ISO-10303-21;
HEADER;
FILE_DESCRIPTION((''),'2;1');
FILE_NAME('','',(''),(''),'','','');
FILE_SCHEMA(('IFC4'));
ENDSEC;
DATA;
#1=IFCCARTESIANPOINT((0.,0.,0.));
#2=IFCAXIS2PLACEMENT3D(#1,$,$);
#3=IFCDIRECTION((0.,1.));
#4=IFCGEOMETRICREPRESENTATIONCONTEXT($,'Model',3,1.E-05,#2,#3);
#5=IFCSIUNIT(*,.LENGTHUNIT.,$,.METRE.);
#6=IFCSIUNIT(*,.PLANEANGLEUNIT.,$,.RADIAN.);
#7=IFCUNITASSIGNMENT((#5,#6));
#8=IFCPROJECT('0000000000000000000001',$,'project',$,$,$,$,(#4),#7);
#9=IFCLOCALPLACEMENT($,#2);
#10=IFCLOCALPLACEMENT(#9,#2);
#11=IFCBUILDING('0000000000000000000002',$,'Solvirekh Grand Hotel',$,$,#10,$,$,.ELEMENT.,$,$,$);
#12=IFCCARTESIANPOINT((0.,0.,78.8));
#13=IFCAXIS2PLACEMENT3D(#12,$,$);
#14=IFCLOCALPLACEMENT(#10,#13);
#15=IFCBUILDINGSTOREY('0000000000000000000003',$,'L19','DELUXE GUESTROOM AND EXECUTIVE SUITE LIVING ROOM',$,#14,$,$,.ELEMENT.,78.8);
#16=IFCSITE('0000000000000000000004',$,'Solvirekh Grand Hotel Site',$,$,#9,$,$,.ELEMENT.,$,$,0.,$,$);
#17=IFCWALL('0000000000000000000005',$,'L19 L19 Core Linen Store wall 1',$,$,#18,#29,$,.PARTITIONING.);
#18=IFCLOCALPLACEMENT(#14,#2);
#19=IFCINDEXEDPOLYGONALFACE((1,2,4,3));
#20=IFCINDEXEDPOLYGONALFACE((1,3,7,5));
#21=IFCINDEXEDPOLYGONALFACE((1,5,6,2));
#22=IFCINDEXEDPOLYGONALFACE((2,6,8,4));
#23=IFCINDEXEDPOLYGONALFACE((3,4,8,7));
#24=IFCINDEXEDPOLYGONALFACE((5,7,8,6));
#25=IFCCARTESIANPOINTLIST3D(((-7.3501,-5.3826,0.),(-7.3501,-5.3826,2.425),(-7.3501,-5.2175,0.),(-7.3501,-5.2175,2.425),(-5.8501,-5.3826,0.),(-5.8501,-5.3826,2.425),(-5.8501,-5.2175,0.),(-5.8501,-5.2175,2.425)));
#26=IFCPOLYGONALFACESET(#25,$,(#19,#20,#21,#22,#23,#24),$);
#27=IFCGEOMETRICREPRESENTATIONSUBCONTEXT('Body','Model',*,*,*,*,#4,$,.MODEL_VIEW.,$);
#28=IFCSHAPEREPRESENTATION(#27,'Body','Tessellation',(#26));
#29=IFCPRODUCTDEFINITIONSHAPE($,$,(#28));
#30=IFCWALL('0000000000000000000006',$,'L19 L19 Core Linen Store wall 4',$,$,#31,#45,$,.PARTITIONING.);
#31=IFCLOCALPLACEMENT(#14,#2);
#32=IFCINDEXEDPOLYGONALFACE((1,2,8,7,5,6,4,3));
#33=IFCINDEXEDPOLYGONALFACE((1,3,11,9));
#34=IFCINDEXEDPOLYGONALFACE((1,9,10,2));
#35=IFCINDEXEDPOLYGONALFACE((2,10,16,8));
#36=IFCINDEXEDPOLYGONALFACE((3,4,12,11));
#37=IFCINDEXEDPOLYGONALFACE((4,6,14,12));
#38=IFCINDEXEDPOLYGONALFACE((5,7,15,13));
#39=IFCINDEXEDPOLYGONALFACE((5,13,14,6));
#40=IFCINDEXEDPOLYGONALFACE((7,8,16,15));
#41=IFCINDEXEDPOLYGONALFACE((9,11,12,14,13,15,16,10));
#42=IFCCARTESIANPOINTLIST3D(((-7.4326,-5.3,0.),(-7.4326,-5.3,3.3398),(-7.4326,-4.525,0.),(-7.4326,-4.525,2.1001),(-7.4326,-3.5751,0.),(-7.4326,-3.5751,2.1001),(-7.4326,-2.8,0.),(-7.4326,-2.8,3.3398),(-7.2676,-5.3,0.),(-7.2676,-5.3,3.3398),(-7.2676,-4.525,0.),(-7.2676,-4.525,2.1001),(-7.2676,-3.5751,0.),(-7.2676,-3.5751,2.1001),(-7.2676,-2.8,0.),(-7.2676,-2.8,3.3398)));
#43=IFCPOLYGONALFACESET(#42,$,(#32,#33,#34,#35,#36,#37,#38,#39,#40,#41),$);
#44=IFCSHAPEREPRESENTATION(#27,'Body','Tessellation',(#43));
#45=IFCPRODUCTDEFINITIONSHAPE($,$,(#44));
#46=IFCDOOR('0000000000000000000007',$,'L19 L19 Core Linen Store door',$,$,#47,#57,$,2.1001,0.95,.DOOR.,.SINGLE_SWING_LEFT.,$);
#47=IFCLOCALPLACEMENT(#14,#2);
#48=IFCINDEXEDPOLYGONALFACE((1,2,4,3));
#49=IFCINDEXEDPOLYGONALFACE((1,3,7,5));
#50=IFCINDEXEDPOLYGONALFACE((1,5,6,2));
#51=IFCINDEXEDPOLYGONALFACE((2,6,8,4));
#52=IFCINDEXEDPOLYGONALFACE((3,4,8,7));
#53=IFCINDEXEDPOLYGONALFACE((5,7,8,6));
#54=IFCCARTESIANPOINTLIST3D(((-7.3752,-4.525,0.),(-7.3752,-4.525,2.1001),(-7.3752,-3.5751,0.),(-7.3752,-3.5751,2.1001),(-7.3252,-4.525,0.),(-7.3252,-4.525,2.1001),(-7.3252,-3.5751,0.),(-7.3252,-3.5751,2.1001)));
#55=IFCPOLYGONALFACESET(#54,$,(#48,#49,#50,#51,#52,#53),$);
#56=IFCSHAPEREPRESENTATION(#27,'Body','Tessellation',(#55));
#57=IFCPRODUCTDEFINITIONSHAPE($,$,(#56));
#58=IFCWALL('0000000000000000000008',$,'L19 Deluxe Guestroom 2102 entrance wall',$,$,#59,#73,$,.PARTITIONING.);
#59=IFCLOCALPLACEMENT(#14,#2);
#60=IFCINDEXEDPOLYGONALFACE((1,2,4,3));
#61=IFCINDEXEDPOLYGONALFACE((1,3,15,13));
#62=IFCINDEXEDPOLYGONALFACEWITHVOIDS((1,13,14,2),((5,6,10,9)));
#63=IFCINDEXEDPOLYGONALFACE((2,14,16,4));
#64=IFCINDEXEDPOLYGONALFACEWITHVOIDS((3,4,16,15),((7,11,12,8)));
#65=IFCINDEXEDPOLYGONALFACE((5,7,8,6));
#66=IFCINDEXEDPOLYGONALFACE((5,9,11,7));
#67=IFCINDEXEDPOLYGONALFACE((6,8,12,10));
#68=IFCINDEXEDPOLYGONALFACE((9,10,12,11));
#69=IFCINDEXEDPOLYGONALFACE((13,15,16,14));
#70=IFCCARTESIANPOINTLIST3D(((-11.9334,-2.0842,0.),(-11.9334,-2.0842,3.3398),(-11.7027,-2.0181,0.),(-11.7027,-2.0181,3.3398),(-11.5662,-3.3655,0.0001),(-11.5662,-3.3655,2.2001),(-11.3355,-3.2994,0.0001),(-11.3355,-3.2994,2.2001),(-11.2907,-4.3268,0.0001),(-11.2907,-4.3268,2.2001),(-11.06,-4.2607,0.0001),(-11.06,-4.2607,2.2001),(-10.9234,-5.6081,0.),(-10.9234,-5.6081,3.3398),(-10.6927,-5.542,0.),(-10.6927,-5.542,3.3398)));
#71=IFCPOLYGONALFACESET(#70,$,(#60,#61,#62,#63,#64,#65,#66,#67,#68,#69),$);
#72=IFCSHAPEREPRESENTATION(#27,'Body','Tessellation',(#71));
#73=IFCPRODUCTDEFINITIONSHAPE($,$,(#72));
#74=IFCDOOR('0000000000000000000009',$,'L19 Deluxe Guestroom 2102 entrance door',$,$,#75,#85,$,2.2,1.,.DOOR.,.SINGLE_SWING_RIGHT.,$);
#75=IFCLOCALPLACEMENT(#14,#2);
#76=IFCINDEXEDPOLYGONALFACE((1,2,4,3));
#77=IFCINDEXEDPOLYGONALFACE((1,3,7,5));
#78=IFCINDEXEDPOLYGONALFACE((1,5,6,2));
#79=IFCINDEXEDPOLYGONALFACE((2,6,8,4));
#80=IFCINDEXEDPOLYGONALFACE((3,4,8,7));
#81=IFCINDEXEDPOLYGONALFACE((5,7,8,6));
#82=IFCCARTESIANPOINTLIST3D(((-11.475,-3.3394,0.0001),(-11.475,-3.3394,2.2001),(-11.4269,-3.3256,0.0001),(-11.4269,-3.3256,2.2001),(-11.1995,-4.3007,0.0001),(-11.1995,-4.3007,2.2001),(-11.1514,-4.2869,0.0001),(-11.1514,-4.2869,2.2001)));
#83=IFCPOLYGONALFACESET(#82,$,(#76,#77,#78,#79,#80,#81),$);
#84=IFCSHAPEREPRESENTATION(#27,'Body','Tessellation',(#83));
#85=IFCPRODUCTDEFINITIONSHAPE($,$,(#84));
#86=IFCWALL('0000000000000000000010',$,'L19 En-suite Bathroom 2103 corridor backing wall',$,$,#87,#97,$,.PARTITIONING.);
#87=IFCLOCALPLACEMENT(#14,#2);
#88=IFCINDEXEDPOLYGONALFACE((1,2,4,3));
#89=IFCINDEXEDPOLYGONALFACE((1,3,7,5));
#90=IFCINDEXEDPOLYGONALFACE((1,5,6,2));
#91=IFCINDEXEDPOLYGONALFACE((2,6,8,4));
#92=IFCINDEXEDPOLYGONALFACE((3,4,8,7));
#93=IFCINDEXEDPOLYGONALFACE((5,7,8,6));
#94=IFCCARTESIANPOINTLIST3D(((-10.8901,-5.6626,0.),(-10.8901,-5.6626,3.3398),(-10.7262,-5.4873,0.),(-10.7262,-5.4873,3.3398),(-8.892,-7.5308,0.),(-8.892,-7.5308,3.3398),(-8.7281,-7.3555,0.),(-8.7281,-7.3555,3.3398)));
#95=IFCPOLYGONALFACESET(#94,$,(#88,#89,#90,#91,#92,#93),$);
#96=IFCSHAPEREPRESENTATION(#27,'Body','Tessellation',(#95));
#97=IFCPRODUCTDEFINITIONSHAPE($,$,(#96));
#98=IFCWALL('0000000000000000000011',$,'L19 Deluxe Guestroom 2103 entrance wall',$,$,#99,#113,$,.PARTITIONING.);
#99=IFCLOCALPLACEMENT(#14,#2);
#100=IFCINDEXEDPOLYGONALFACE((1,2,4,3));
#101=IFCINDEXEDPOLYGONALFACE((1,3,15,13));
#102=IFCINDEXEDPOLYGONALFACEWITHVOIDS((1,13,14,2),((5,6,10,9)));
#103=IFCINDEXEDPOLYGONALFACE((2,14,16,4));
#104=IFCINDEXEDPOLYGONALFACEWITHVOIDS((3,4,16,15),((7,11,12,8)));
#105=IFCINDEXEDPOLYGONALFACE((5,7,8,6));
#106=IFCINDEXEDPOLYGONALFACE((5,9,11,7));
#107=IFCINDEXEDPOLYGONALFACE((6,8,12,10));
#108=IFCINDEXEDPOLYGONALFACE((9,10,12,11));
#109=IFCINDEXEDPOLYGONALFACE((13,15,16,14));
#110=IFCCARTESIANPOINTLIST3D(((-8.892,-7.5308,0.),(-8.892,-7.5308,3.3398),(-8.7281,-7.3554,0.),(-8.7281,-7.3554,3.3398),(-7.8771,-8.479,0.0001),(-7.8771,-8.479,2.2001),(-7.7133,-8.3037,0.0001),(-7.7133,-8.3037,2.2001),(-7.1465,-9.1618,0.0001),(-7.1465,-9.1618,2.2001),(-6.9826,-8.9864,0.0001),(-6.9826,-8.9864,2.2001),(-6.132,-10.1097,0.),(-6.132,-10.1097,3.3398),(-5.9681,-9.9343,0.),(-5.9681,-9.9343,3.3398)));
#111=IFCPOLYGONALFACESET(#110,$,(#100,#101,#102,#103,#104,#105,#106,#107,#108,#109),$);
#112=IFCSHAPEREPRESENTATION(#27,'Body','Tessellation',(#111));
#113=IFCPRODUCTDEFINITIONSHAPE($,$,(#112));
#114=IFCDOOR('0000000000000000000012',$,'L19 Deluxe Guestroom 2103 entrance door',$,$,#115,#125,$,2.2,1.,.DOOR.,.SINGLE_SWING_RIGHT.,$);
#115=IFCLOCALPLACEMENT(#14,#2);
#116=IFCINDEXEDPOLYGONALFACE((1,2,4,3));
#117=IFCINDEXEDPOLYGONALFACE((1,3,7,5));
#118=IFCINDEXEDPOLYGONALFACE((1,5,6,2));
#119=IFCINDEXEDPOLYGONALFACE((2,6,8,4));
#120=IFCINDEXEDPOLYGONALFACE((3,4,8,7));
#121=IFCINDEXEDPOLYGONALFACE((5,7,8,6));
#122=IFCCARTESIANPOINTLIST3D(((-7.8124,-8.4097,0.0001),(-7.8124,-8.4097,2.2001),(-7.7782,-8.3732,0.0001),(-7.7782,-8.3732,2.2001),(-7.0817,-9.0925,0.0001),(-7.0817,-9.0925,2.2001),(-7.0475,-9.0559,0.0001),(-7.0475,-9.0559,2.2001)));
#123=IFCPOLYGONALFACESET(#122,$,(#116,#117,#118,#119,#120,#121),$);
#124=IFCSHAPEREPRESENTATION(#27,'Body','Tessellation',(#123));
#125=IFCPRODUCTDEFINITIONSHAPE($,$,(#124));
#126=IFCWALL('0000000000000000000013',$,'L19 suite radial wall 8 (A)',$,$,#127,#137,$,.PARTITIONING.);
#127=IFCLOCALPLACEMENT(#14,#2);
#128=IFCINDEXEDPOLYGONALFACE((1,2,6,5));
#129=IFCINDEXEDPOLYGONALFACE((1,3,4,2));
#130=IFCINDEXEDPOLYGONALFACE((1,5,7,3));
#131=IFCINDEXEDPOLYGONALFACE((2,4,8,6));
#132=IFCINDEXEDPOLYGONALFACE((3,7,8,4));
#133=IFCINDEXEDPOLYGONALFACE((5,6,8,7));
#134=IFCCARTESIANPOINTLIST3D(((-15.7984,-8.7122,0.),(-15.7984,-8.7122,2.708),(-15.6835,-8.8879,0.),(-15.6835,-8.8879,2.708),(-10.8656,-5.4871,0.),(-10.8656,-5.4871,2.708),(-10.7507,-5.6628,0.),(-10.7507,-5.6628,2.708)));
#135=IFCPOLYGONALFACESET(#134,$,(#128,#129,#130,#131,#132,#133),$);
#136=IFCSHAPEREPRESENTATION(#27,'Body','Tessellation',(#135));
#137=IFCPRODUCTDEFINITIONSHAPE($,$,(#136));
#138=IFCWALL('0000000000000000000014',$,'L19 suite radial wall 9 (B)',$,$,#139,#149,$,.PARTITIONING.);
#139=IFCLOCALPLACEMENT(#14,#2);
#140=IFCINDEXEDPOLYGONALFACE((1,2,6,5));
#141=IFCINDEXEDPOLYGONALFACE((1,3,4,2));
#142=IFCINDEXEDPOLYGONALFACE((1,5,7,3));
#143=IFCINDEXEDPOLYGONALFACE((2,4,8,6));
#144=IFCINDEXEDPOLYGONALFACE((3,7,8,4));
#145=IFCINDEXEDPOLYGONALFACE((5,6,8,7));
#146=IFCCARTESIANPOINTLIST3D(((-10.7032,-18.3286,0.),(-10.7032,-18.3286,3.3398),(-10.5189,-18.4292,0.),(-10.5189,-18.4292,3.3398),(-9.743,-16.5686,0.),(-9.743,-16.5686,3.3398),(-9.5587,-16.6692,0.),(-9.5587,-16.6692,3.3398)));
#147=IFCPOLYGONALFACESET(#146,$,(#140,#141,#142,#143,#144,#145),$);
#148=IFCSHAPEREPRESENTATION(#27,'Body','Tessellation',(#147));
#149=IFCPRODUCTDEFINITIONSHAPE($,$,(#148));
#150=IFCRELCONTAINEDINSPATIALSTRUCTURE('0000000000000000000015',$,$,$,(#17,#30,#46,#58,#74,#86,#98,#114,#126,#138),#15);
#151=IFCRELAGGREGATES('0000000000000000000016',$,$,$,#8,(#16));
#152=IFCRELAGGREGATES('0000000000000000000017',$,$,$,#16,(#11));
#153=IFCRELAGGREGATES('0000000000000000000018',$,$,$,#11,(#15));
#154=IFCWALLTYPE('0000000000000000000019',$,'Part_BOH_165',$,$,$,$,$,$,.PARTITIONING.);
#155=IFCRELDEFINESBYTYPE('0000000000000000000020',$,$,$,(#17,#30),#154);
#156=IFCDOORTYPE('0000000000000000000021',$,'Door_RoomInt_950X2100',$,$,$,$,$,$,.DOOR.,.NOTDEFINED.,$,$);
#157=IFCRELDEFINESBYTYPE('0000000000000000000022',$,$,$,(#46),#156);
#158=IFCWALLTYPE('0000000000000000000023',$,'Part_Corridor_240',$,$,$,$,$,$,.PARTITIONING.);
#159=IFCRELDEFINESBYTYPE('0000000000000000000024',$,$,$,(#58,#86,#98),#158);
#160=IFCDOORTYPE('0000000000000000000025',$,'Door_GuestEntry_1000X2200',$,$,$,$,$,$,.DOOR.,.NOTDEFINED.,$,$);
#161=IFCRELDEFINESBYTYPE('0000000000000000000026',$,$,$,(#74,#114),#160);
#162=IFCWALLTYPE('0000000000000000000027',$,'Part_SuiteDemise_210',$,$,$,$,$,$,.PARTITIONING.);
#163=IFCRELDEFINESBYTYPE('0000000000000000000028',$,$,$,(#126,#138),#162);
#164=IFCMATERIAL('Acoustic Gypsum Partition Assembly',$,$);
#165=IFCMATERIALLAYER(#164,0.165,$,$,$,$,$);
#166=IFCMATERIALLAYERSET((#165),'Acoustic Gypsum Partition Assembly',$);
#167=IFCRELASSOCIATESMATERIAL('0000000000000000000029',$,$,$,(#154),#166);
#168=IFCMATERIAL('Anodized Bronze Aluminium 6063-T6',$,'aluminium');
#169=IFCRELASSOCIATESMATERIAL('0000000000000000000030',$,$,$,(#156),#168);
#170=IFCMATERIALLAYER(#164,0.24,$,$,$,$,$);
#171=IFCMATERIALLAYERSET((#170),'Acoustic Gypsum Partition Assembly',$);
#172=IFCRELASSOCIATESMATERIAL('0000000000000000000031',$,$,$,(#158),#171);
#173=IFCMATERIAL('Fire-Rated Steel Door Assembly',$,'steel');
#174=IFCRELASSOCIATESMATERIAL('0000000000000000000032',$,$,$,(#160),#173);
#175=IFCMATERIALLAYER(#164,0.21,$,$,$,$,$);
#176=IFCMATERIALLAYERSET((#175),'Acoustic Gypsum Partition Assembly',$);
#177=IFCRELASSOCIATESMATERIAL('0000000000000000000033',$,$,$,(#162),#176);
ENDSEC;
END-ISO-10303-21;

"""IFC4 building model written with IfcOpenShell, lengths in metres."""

from ifc_helpers import new_model, si_unit, direction, frame, frame_2d, origin, place, context, subcontext, project, spatial, rectangle, extrude, material, layer, layer_set, type_object, element, fill, save


model = new_model("IFC4")

# Units and contexts
model_context = context("Model", 3, precision=1e-05, world=origin(), true_north=direction((0.0, 1.0)))
body_context = subcontext(model_context, "Body", "Model", "MODEL_VIEW")
ifc_project = project(units=[si_unit("LENGTHUNIT", "METRE"), si_unit("PLANEANGLEUNIT", "RADIAN")], contexts=[model_context])

# Site, building, storey
site_placement = place(None, origin())
site = spatial("IfcSite", under=ifc_project, at=site_placement, Name="Solvirekh Grand Hotel Site", CompositionType="ELEMENT", RefElevation=0.0)
building_placement = place(site_placement, origin())
building = spatial("IfcBuilding", under=site, at=building_placement, Name="Solvirekh Grand Hotel", CompositionType="ELEMENT")
storey_placement = place(building_placement, frame((0.0, 0.0, 78.8)))
storey = spatial("IfcBuildingStorey", under=building, at=storey_placement, Name="L19", Description="DELUXE GUESTROOM AND EXECUTIVE SUITE LIVING ROOM", CompositionType="ELEMENT", Elevation=78.8)

# Shared definitions
ifc_material_1 = material(Name="Anodized Bronze Aluminium 6063-T6", Category="aluminium")

# Wall
ifc_material_2 = material(Name="Acoustic Gypsum Partition Assembly")
ifc_layer_1 = layer(ifc_material_2, 0.165)
ifc_layer_set_1 = layer_set([ifc_layer_1], Name="Acoustic Gypsum Partition Assembly")
wall_type_1 = type_object("IfcWallType", Name="Part_BOH_165", PredefinedType="PARTITIONING", material=ifc_layer_set_1)
wall_1_placement = place(storey_placement, frame((-7.3501, -5.3, 0.0), z_axis=(0.0, 0.0, 1.0), x_axis=(1.0, 0.0, 0.0)))
element("IfcWall", 1, at=wall_1_placement, inside=storey, type_object=wall_type_1, Name="L19 L19 Core Linen Store wall 1", PredefinedType="PARTITIONING", context=body_context, shape_type="SweptSolid", body=[
    extrude(rectangle(XDim=1.5, YDim=0.165, at=frame_2d((0.75, 0.0))), origin(), (0.0, 0.0, 1.0), 2.425),
])

# Walls, openings, doors
wall_2_placement = place(storey_placement, frame((-7.3501, -2.8, 0.0), z_axis=(0.0, 0.0, 1.0), x_axis=(0.0, -1.0, 0.0)))
wall_2 = element("IfcWall", 2, at=wall_2_placement, inside=storey, type_object=wall_type_1, Name="L19 L19 Core Linen Store wall 4", PredefinedType="PARTITIONING", context=body_context, shape_type="SweptSolid", body=[
    extrude(rectangle(XDim=2.5, YDim=0.165, at=frame_2d((1.25, 0.0))), origin(), (0.0, 0.0, 1.0), 3.3398),
])
opening_1_placement = place(wall_2_placement, frame((0.7749, 0.0, 0.0)))
opening_1 = element("IfcOpeningElement", 3, at=opening_1_placement, cuts=wall_2, PredefinedType="OPENING", context=body_context, shape_type="SweptSolid", body=[
    extrude(rectangle(XDim=0.95, YDim=2.1001, at=frame_2d((0.4751, 1.05))), frame((0.0, 0.0925, 0.0), z_axis=(0.0, -1.0, 0.0), x_axis=(1.0, 0.0, 0.0)), (0.0, 0.0, 1.0), 0.1851),
])
door_type_1 = type_object("IfcDoorType", Name="Door_RoomInt_950X2100", OperationType="NOTDEFINED", PredefinedType="DOOR", material=ifc_material_1)
door_1_placement = place(opening_1_placement, origin())
door_1 = element("IfcDoor", 4, at=door_1_placement, inside=storey, type_object=door_type_1, Name="L19 L19 Core Linen Store door", OperationType="SINGLE_SWING_LEFT", OverallHeight=2.1001, OverallWidth=0.95, PredefinedType="DOOR", context=body_context, shape_type="SweptSolid", body=[
    extrude(rectangle(XDim=0.95, YDim=2.1001, at=frame_2d((0.4751, 1.05))), frame((0.0, 0.0249, 0.0), z_axis=(0.0, -1.0, 0.0), x_axis=(1.0, 0.0, 0.0)), (0.0, 0.0, 1.0), 0.05),
])
fill(opening_1, door_1)
ifc_layer_2 = layer(ifc_material_2, 0.24)
ifc_layer_set_2 = layer_set([ifc_layer_2], Name="Acoustic Gypsum Partition Assembly")
wall_type_2 = type_object("IfcWallType", Name="Part_Corridor_240", PredefinedType="PARTITIONING", material=ifc_layer_set_2)
wall_3_placement = place(storey_placement, frame((-11.8181, -2.051, 0.0), z_axis=(0.0, 0.0, 1.0), x_axis=(0.275521, -0.961295, 0.0)))
wall_3 = element("IfcWall", 5, at=wall_3_placement, inside=storey, type_object=wall_type_2, Name="L19 Deluxe Guestroom 2102 entrance wall", PredefinedType="PARTITIONING", context=body_context, shape_type="SweptSolid", body=[
    extrude(rectangle(XDim=3.6658, YDim=0.24, at=frame_2d((1.833, 0.0))), origin(), (0.0, 0.0, 1.0), 3.3398),
])
opening_2_placement = place(wall_3_placement, frame((1.333, 0.0, 0.0)))
opening_2 = element("IfcOpeningElement", 6, at=opening_2_placement, cuts=wall_3, PredefinedType="OPENING", context=body_context, shape_type="SweptSolid", body=[
    extrude(rectangle(XDim=1.0, YDim=2.2, at=frame_2d((0.5, 1.1001))), frame((0.0, 0.1299, 0.0), z_axis=(0.0, -1.0, 0.0), x_axis=(1.0, 0.0, 0.0)), (0.0, 0.0, 1.0), 0.26),
])
ifc_material_3 = material(Name="Fire-Rated Steel Door Assembly", Category="steel")
door_type_2 = type_object("IfcDoorType", Name="Door_GuestEntry_1000X2200", OperationType="NOTDEFINED", PredefinedType="DOOR", material=ifc_material_3)
door_2_placement = place(opening_2_placement, origin())
door_2 = element("IfcDoor", 7, at=door_2_placement, inside=storey, type_object=door_type_2, Name="L19 Deluxe Guestroom 2102 entrance door", OperationType="SINGLE_SWING_RIGHT", OverallHeight=2.2, OverallWidth=1.0, PredefinedType="DOOR", context=body_context, shape_type="SweptSolid", body=[
    extrude(rectangle(XDim=1.0, YDim=2.2, at=frame_2d((0.5, 1.1001))), frame((0.0, 0.0249, 0.0), z_axis=(0.0, -1.0, 0.0), x_axis=(1.0, 0.0, 0.0)), (0.0, 0.0, 1.0), 0.05),
])
fill(opening_2, door_2)

# Wall
wall_4_placement = place(storey_placement, frame((-10.8081, -5.575, 0.0), z_axis=(0.0, 0.0, 1.0), x_axis=(0.730449, -0.682967, 0.0)))
element("IfcWall", 8, at=wall_4_placement, inside=storey, type_object=wall_type_2, Name="L19 En-suite Bathroom 2103 corridor backing wall", PredefinedType="PARTITIONING", context=body_context, shape_type="SweptSolid", body=[
    extrude(rectangle(XDim=2.7354, YDim=0.24, at=frame_2d((1.3677, 0.0))), origin(), (0.0, 0.0, 1.0), 3.3398),
])

# Wall, opening, door
wall_5_placement = place(storey_placement, frame((-8.8101, -7.4431, 0.0), z_axis=(0.0, 0.0, 1.0), x_axis=(0.730679, -0.682721, 0.0)))
wall_5 = element("IfcWall", 9, at=wall_5_placement, inside=storey, type_object=wall_type_2, Name="L19 Deluxe Guestroom 2103 entrance wall", PredefinedType="PARTITIONING", context=body_context, shape_type="SweptSolid", body=[
    extrude(rectangle(XDim=3.7773, YDim=0.24, at=frame_2d((1.8887, 0.0))), origin(), (0.0, 0.0, 1.0), 3.3398),
])
opening_3_placement = place(wall_5_placement, frame((1.3889, 0.0, 0.0)))
opening_3 = element("IfcOpeningElement", 10, at=opening_3_placement, cuts=wall_5, PredefinedType="OPENING", context=body_context, shape_type="SweptSolid", body=[
    extrude(rectangle(XDim=1.0, YDim=2.2, at=frame_2d((0.5, 1.1001))), frame((0.0, 0.1299, 0.0), z_axis=(0.0, -1.0, 0.0), x_axis=(1.0, 0.0, 0.0)), (0.0, 0.0, 1.0), 0.26),
])
door_3_placement = place(opening_3_placement, origin())
door_3 = element("IfcDoor", 11, at=door_3_placement, inside=storey, type_object=door_type_2, Name="L19 Deluxe Guestroom 2103 entrance door", OperationType="SINGLE_SWING_RIGHT", OverallHeight=2.2, OverallWidth=1.0, PredefinedType="DOOR", context=body_context, shape_type="SweptSolid", body=[
    extrude(rectangle(XDim=1.0, YDim=2.2, at=frame_2d((0.5, 1.1001))), frame((0.0, 0.0249, 0.0), z_axis=(0.0, -1.0, 0.0), x_axis=(1.0, 0.0, 0.0)), (0.0, 0.0, 1.0), 0.05),
])
fill(opening_3, door_3)

# Walls
ifc_layer_3 = layer(ifc_material_2, 0.21)
ifc_layer_set_3 = layer_set([ifc_layer_3], Name="Acoustic Gypsum Partition Assembly")
wall_type_3 = type_object("IfcWallType", Name="Part_SuiteDemise_210", PredefinedType="PARTITIONING", material=ifc_layer_set_3)
wall_6_placement = place(storey_placement, frame((-10.8081, -5.575, 0.0), z_axis=(0.0, 0.0, 1.0), x_axis=(-0.836988, -0.547221, 0.0)))
element("IfcWall", 12, at=wall_6_placement, inside=storey, type_object=wall_type_3, Name="L19 suite radial wall 8 (A)", PredefinedType="PARTITIONING", context=body_context, shape_type="SweptSolid", body=[
    extrude(rectangle(XDim=5.8936, YDim=0.21, at=frame_2d((2.9468, 0.0))), origin(), (0.0, 0.0, 1.0), 2.708),
])
wall_7_placement = place(storey_placement, frame((-9.6509, -16.6189, 0.0), z_axis=(0.0, 0.0, 1.0), x_axis=(-0.478929, -0.877854, 0.0)))
element("IfcWall", 13, at=wall_7_placement, inside=storey, type_object=wall_type_3, Name="L19 suite radial wall 9 (B)", PredefinedType="PARTITIONING", context=body_context, shape_type="SweptSolid", body=[
    extrude(rectangle(XDim=2.0049, YDim=0.21, at=frame_2d((1.0024, 0.0))), origin(), (0.0, 0.0, 1.0), 3.3398),
])

save(model, "model.ifc")
